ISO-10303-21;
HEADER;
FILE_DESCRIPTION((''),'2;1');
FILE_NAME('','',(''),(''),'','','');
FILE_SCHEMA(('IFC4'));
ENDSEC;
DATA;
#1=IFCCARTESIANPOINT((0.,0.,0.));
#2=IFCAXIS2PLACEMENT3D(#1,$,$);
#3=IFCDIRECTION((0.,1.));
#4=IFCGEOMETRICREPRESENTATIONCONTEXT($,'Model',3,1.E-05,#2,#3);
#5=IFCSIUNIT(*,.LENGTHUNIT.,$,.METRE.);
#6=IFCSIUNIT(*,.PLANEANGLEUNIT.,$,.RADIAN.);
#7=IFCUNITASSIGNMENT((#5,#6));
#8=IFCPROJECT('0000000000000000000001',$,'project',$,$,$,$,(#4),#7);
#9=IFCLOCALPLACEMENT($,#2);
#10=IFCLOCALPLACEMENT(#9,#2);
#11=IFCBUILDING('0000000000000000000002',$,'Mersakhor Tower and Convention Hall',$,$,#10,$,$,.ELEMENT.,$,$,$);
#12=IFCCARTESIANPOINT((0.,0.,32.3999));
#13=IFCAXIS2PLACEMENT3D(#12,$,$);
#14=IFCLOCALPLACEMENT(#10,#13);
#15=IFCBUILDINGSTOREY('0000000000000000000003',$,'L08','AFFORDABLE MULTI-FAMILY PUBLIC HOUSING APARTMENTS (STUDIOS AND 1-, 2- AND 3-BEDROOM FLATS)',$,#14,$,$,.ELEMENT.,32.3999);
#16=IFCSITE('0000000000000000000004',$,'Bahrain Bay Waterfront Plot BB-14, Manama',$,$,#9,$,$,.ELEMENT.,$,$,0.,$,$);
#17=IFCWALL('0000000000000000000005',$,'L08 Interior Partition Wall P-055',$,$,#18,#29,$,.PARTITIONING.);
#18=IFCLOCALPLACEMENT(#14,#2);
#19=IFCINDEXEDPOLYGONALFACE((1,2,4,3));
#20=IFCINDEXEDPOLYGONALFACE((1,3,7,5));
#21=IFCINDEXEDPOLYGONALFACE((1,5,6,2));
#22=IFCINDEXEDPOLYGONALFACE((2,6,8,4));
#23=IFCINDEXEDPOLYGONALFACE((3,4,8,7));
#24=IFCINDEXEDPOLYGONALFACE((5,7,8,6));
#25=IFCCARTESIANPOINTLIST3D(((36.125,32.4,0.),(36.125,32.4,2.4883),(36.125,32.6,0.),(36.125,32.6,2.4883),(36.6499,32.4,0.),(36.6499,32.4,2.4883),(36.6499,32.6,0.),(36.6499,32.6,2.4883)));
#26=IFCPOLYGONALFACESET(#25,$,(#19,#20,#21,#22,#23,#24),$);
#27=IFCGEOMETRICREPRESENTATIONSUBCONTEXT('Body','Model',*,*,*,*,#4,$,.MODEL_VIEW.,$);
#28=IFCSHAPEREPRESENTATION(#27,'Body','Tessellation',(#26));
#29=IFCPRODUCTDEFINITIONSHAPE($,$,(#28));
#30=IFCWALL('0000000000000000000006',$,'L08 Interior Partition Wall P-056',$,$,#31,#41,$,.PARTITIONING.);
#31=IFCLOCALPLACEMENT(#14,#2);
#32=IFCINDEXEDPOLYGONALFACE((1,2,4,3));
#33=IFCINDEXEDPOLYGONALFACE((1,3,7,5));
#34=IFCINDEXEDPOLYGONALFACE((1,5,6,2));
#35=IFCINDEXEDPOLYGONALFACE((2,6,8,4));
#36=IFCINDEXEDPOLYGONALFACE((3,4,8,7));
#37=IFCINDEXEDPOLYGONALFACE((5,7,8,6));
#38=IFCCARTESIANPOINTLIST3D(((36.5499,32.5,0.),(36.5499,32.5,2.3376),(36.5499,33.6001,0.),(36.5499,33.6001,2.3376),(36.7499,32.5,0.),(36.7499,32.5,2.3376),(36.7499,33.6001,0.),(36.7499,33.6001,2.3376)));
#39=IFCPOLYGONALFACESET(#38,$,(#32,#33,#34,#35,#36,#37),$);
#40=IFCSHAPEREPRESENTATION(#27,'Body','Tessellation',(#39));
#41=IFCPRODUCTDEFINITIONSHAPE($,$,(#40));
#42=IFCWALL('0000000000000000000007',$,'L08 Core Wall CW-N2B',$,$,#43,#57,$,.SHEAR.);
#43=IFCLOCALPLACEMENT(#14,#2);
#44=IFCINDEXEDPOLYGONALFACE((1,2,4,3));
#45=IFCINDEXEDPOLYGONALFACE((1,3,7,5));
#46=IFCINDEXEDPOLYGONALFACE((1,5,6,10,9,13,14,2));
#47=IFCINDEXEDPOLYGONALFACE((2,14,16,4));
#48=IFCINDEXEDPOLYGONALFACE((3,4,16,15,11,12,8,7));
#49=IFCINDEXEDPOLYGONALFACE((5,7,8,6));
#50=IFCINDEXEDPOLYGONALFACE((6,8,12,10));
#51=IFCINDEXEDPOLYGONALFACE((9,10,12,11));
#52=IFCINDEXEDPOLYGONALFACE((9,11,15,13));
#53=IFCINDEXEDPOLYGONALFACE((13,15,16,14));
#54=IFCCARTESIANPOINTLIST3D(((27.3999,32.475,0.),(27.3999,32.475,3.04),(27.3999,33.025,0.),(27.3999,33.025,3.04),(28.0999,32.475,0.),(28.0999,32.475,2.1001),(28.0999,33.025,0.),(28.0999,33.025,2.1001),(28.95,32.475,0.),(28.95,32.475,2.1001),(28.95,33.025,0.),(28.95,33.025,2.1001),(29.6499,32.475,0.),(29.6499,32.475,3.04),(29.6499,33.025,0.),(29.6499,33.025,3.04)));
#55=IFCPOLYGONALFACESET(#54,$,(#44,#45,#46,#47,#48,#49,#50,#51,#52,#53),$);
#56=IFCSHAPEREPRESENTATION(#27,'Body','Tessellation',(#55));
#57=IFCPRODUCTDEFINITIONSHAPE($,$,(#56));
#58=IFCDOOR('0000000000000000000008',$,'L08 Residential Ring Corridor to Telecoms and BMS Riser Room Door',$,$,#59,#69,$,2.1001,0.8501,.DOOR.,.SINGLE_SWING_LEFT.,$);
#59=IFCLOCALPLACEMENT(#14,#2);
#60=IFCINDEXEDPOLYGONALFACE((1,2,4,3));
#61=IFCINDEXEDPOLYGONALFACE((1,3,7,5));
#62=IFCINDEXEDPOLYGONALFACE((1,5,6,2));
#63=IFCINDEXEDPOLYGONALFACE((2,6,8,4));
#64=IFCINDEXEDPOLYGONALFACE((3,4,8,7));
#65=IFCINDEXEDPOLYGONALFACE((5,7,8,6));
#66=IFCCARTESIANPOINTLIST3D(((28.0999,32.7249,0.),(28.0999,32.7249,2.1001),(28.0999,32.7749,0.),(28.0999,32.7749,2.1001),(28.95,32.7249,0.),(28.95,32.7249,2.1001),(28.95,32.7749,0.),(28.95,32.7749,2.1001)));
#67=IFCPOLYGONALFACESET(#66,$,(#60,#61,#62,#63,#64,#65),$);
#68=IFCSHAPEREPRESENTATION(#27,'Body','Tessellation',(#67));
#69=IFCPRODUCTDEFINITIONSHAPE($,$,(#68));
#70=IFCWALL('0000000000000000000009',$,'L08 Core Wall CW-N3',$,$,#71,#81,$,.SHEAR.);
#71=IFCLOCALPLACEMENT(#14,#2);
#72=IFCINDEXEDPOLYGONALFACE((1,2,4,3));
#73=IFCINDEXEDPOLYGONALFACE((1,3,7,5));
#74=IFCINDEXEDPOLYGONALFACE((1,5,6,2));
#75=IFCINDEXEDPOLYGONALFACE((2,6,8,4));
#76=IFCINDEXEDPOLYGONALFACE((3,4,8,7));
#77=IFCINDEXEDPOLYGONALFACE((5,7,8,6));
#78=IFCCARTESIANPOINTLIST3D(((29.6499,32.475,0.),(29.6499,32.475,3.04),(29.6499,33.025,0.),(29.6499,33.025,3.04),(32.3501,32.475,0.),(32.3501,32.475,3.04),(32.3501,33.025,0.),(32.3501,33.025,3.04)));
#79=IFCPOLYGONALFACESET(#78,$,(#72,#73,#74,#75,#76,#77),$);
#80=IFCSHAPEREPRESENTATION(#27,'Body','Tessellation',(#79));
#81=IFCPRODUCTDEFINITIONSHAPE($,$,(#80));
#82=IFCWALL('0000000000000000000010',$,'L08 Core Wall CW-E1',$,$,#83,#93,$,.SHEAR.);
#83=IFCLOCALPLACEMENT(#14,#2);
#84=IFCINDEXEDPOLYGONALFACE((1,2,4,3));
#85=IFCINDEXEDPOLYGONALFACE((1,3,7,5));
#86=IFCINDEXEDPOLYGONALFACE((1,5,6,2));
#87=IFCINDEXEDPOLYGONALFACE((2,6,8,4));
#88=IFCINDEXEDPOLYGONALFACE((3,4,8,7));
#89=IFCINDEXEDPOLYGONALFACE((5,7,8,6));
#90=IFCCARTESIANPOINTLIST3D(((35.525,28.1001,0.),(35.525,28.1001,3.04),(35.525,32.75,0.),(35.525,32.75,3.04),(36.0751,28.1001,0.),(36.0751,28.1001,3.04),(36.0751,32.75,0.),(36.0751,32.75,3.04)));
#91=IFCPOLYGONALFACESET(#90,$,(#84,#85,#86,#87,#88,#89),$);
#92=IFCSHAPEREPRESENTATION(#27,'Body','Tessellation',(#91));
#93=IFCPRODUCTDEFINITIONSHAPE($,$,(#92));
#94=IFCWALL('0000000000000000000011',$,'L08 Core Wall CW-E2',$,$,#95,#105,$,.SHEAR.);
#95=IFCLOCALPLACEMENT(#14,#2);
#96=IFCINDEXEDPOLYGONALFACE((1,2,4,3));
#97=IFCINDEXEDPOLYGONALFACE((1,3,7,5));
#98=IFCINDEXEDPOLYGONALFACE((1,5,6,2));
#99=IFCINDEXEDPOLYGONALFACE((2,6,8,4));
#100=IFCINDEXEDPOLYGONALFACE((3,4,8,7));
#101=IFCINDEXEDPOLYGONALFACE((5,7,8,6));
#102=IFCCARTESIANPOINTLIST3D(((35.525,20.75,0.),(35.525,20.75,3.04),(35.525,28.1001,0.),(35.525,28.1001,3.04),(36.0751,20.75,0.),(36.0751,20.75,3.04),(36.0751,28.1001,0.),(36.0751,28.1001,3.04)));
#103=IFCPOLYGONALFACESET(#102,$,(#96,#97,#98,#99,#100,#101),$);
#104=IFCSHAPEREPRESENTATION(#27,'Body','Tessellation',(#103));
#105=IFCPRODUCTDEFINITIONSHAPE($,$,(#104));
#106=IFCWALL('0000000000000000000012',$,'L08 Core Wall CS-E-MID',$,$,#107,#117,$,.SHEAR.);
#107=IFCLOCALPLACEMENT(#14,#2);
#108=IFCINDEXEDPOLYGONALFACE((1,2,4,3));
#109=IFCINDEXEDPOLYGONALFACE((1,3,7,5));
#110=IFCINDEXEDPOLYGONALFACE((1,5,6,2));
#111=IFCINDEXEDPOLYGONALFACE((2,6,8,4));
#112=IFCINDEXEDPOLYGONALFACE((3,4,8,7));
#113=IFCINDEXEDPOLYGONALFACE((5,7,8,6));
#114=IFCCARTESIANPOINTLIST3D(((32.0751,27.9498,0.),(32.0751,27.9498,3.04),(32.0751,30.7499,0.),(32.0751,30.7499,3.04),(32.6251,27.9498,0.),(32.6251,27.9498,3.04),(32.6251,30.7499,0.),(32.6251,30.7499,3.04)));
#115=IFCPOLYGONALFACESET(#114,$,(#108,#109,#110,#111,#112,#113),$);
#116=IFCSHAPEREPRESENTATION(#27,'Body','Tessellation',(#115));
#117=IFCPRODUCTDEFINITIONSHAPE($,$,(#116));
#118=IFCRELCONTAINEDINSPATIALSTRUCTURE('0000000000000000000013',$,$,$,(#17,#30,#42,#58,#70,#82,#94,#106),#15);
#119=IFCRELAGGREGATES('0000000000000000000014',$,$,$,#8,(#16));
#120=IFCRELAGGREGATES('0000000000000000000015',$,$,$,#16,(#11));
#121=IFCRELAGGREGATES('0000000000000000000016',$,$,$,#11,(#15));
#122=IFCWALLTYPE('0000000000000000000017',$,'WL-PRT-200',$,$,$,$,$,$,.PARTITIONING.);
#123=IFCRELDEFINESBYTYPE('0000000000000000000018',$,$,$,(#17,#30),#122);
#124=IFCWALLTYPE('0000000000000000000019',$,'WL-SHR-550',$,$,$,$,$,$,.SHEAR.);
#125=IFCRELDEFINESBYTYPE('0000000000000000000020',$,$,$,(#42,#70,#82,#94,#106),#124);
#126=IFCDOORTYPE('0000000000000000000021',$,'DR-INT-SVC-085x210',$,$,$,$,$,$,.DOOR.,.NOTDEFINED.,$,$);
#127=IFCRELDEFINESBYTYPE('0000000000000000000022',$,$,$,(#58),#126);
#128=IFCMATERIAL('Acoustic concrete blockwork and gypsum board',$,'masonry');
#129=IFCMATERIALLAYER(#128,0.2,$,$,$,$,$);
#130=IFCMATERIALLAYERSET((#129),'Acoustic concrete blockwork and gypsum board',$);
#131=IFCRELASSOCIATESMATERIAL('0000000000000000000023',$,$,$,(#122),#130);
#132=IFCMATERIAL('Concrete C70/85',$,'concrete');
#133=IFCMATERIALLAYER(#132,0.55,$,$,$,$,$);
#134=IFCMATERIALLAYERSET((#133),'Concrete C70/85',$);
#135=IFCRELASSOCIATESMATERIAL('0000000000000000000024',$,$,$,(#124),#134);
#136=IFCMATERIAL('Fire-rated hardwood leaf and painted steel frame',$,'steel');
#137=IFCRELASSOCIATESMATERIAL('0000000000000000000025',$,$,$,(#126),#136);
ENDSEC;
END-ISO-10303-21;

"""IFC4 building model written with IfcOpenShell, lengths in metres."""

from ifc_helpers import new_model, si_unit, direction, frame, frame_2d, origin, place, context, subcontext, project, spatial, rectangle, extrude, material, layer, layer_set, type_object, element, fill, save


model = new_model("IFC4")

# Units and contexts
model_context = context("Model", 3, precision=1e-05, world=origin(), true_north=direction((0.0, 1.0)))
body_context = subcontext(model_context, "Body", "Model", "MODEL_VIEW")
ifc_project = project(units=[si_unit("LENGTHUNIT", "METRE"), si_unit("PLANEANGLEUNIT", "RADIAN")], contexts=[model_context])

# Site, building, storey
site_placement = place(None, origin())
site = spatial("IfcSite", under=ifc_project, at=site_placement, Name="Bahrain Bay Waterfront Plot BB-14, Manama", CompositionType="ELEMENT", RefElevation=0.0)
building_placement = place(site_placement, origin())
building = spatial("IfcBuilding", under=site, at=building_placement, Name="Mersakhor Tower and Convention Hall", CompositionType="ELEMENT")
storey_placement = place(building_placement, frame((0.0, 0.0, 32.3999)))
storey = spatial("IfcBuildingStorey", under=building, at=storey_placement, Name="L08", Description="AFFORDABLE MULTI-FAMILY PUBLIC HOUSING APARTMENTS (STUDIOS AND 1-, 2- AND 3-BEDROOM FLATS)", CompositionType="ELEMENT", Elevation=32.3999)

# Walls
ifc_material_1 = material(Name="Acoustic concrete blockwork and gypsum board", Category="masonry")
ifc_layer_1 = layer(ifc_material_1, 0.2)
ifc_layer_set_1 = layer_set([ifc_layer_1], Name="Acoustic concrete blockwork and gypsum board")
wall_type_1 = type_object("IfcWallType", Name="WL-PRT-200", PredefinedType="PARTITIONING", material=ifc_layer_set_1)
wall_1_placement = place(storey_placement, frame((36.125, 32.5, 0.0), z_axis=(0.0, 0.0, 1.0), x_axis=(1.0, 0.0, 0.0)))
element("IfcWall", 1, at=wall_1_placement, inside=storey, type_object=wall_type_1, Name="L08 Interior Partition Wall P-055", PredefinedType="PARTITIONING", context=body_context, shape_type="SweptSolid", body=[
    extrude(rectangle(XDim=0.5249, YDim=0.2, at=frame_2d((0.2625, 0.0))), origin(), (0.0, 0.0, 1.0), 2.4883),
])
wall_2_placement = place(storey_placement, frame((36.6499, 32.5, 0.0), z_axis=(0.0, 0.0, 1.0), x_axis=(0.0, 1.0, 0.0)))
element("IfcWall", 2, at=wall_2_placement, inside=storey, type_object=wall_type_1, Name="L08 Interior Partition Wall P-056", PredefinedType="PARTITIONING", context=body_context, shape_type="SweptSolid", body=[
    extrude(rectangle(XDim=1.1001, YDim=0.2, at=frame_2d((0.55, 0.0))), origin(), (0.0, 0.0, 1.0), 2.3376),
])

# Wall, opening, door
ifc_material_2 = material(Name="Concrete C70/85", Category="concrete")
ifc_layer_2 = layer(ifc_material_2, 0.55)
ifc_layer_set_2 = layer_set([ifc_layer_2], Name="Concrete C70/85")
wall_type_2 = type_object("IfcWallType", Name="WL-SHR-550", PredefinedType="SHEAR", material=ifc_layer_set_2)
wall_3_placement = place(storey_placement, frame((27.3999, 32.75, 0.0), z_axis=(0.0, 0.0, 1.0), x_axis=(1.0, 0.0, 0.0)))
wall_3 = element("IfcWall", 3, at=wall_3_placement, inside=storey, type_object=wall_type_2, Name="L08 Core Wall CW-N2B", PredefinedType="SHEAR", context=body_context, shape_type="SweptSolid", body=[
    extrude(rectangle(XDim=2.25, YDim=0.55, at=frame_2d((1.125, 0.0))), origin(), (0.0, 0.0, 1.0), 3.04),
])
opening_1_placement = place(wall_3_placement, frame((0.7, 0.0, 0.0)))
opening_1 = element("IfcOpeningElement", 4, at=opening_1_placement, cuts=wall_3, PredefinedType="OPENING", context=body_context, shape_type="SweptSolid", body=[
    extrude(rectangle(XDim=0.8501, YDim=2.1001, at=frame_2d((0.425, 1.05))), frame((0.0, 0.2849, 0.0), z_axis=(0.0, -1.0, 0.0), x_axis=(1.0, 0.0, 0.0)), (0.0, 0.0, 1.0), 0.5701),
])
ifc_material_3 = material(Name="Fire-rated hardwood leaf and painted steel frame", Category="steel")
door_type_1 = type_object("IfcDoorType", Name="DR-INT-SVC-085x210", OperationType="NOTDEFINED", PredefinedType="DOOR", material=ifc_material_3)
door_1_placement = place(opening_1_placement, origin())
door_1 = element("IfcDoor", 5, at=door_1_placement, inside=storey, type_object=door_type_1, Name="L08 Residential Ring Corridor to Telecoms and BMS Riser Room Door", OperationType="SINGLE_SWING_LEFT", OverallHeight=2.1001, OverallWidth=0.8501, PredefinedType="DOOR", context=body_context, shape_type="SweptSolid", body=[
    extrude(rectangle(XDim=0.8501, YDim=2.1001, at=frame_2d((0.425, 1.05))), frame((0.0, 0.0249, 0.0), z_axis=(0.0, -1.0, 0.0), x_axis=(1.0, 0.0, 0.0)), (0.0, 0.0, 1.0), 0.05),
])
fill(opening_1, door_1)

# Wall
wall_4_placement = place(storey_placement, frame((29.6499, 32.75, 0.0), z_axis=(0.0, 0.0, 1.0), x_axis=(1.0, 0.0, 0.0)))
element("IfcWall", 6, at=wall_4_placement, inside=storey, type_object=wall_type_2, Name="L08 Core Wall CW-N3", PredefinedType="SHEAR", context=body_context, shape_type="SweptSolid", body=[
    extrude(rectangle(XDim=2.7002, YDim=0.55, at=frame_2d((1.3501, 0.0))), origin(), (0.0, 0.0, 1.0), 3.04),
])

# Walls
wall_5_placement = place(storey_placement, frame((35.8, 32.75, 0.0), z_axis=(0.0, 0.0, 1.0), x_axis=(0.0, -1.0, 0.0)))
element("IfcWall", 7, at=wall_5_placement, inside=storey, type_object=wall_type_2, Name="L08 Core Wall CW-E1", PredefinedType="SHEAR", context=body_context, shape_type="SweptSolid", body=[
    extrude(rectangle(XDim=4.6499, YDim=0.55, at=frame_2d((2.325, 0.0))), origin(), (0.0, 0.0, 1.0), 3.04),
])
wall_6_placement = place(storey_placement, frame((35.8, 28.1001, 0.0), z_axis=(0.0, 0.0, 1.0), x_axis=(0.0, -1.0, 0.0)))
element("IfcWall", 8, at=wall_6_placement, inside=storey, type_object=wall_type_2, Name="L08 Core Wall CW-E2", PredefinedType="SHEAR", context=body_context, shape_type="SweptSolid", body=[
    extrude(rectangle(XDim=7.3501, YDim=0.55, at=frame_2d((3.675, 0.0))), origin(), (0.0, 0.0, 1.0), 3.04),
])
wall_7_placement = place(storey_placement, frame((32.3501, 27.95, 0.0), z_axis=(0.0, 0.0, 1.0), x_axis=(0.0, 1.0, 0.0)))
element("IfcWall", 9, at=wall_7_placement, inside=storey, type_object=wall_type_2, Name="L08 Core Wall CS-E-MID", PredefinedType="SHEAR", context=body_context, shape_type="SweptSolid", body=[
    extrude(rectangle(XDim=2.8, YDim=0.55, at=frame_2d((1.3999, 0.0))), origin(), (0.0, 0.0, 1.0), 3.04),
])

save(model, "model.ifc")
